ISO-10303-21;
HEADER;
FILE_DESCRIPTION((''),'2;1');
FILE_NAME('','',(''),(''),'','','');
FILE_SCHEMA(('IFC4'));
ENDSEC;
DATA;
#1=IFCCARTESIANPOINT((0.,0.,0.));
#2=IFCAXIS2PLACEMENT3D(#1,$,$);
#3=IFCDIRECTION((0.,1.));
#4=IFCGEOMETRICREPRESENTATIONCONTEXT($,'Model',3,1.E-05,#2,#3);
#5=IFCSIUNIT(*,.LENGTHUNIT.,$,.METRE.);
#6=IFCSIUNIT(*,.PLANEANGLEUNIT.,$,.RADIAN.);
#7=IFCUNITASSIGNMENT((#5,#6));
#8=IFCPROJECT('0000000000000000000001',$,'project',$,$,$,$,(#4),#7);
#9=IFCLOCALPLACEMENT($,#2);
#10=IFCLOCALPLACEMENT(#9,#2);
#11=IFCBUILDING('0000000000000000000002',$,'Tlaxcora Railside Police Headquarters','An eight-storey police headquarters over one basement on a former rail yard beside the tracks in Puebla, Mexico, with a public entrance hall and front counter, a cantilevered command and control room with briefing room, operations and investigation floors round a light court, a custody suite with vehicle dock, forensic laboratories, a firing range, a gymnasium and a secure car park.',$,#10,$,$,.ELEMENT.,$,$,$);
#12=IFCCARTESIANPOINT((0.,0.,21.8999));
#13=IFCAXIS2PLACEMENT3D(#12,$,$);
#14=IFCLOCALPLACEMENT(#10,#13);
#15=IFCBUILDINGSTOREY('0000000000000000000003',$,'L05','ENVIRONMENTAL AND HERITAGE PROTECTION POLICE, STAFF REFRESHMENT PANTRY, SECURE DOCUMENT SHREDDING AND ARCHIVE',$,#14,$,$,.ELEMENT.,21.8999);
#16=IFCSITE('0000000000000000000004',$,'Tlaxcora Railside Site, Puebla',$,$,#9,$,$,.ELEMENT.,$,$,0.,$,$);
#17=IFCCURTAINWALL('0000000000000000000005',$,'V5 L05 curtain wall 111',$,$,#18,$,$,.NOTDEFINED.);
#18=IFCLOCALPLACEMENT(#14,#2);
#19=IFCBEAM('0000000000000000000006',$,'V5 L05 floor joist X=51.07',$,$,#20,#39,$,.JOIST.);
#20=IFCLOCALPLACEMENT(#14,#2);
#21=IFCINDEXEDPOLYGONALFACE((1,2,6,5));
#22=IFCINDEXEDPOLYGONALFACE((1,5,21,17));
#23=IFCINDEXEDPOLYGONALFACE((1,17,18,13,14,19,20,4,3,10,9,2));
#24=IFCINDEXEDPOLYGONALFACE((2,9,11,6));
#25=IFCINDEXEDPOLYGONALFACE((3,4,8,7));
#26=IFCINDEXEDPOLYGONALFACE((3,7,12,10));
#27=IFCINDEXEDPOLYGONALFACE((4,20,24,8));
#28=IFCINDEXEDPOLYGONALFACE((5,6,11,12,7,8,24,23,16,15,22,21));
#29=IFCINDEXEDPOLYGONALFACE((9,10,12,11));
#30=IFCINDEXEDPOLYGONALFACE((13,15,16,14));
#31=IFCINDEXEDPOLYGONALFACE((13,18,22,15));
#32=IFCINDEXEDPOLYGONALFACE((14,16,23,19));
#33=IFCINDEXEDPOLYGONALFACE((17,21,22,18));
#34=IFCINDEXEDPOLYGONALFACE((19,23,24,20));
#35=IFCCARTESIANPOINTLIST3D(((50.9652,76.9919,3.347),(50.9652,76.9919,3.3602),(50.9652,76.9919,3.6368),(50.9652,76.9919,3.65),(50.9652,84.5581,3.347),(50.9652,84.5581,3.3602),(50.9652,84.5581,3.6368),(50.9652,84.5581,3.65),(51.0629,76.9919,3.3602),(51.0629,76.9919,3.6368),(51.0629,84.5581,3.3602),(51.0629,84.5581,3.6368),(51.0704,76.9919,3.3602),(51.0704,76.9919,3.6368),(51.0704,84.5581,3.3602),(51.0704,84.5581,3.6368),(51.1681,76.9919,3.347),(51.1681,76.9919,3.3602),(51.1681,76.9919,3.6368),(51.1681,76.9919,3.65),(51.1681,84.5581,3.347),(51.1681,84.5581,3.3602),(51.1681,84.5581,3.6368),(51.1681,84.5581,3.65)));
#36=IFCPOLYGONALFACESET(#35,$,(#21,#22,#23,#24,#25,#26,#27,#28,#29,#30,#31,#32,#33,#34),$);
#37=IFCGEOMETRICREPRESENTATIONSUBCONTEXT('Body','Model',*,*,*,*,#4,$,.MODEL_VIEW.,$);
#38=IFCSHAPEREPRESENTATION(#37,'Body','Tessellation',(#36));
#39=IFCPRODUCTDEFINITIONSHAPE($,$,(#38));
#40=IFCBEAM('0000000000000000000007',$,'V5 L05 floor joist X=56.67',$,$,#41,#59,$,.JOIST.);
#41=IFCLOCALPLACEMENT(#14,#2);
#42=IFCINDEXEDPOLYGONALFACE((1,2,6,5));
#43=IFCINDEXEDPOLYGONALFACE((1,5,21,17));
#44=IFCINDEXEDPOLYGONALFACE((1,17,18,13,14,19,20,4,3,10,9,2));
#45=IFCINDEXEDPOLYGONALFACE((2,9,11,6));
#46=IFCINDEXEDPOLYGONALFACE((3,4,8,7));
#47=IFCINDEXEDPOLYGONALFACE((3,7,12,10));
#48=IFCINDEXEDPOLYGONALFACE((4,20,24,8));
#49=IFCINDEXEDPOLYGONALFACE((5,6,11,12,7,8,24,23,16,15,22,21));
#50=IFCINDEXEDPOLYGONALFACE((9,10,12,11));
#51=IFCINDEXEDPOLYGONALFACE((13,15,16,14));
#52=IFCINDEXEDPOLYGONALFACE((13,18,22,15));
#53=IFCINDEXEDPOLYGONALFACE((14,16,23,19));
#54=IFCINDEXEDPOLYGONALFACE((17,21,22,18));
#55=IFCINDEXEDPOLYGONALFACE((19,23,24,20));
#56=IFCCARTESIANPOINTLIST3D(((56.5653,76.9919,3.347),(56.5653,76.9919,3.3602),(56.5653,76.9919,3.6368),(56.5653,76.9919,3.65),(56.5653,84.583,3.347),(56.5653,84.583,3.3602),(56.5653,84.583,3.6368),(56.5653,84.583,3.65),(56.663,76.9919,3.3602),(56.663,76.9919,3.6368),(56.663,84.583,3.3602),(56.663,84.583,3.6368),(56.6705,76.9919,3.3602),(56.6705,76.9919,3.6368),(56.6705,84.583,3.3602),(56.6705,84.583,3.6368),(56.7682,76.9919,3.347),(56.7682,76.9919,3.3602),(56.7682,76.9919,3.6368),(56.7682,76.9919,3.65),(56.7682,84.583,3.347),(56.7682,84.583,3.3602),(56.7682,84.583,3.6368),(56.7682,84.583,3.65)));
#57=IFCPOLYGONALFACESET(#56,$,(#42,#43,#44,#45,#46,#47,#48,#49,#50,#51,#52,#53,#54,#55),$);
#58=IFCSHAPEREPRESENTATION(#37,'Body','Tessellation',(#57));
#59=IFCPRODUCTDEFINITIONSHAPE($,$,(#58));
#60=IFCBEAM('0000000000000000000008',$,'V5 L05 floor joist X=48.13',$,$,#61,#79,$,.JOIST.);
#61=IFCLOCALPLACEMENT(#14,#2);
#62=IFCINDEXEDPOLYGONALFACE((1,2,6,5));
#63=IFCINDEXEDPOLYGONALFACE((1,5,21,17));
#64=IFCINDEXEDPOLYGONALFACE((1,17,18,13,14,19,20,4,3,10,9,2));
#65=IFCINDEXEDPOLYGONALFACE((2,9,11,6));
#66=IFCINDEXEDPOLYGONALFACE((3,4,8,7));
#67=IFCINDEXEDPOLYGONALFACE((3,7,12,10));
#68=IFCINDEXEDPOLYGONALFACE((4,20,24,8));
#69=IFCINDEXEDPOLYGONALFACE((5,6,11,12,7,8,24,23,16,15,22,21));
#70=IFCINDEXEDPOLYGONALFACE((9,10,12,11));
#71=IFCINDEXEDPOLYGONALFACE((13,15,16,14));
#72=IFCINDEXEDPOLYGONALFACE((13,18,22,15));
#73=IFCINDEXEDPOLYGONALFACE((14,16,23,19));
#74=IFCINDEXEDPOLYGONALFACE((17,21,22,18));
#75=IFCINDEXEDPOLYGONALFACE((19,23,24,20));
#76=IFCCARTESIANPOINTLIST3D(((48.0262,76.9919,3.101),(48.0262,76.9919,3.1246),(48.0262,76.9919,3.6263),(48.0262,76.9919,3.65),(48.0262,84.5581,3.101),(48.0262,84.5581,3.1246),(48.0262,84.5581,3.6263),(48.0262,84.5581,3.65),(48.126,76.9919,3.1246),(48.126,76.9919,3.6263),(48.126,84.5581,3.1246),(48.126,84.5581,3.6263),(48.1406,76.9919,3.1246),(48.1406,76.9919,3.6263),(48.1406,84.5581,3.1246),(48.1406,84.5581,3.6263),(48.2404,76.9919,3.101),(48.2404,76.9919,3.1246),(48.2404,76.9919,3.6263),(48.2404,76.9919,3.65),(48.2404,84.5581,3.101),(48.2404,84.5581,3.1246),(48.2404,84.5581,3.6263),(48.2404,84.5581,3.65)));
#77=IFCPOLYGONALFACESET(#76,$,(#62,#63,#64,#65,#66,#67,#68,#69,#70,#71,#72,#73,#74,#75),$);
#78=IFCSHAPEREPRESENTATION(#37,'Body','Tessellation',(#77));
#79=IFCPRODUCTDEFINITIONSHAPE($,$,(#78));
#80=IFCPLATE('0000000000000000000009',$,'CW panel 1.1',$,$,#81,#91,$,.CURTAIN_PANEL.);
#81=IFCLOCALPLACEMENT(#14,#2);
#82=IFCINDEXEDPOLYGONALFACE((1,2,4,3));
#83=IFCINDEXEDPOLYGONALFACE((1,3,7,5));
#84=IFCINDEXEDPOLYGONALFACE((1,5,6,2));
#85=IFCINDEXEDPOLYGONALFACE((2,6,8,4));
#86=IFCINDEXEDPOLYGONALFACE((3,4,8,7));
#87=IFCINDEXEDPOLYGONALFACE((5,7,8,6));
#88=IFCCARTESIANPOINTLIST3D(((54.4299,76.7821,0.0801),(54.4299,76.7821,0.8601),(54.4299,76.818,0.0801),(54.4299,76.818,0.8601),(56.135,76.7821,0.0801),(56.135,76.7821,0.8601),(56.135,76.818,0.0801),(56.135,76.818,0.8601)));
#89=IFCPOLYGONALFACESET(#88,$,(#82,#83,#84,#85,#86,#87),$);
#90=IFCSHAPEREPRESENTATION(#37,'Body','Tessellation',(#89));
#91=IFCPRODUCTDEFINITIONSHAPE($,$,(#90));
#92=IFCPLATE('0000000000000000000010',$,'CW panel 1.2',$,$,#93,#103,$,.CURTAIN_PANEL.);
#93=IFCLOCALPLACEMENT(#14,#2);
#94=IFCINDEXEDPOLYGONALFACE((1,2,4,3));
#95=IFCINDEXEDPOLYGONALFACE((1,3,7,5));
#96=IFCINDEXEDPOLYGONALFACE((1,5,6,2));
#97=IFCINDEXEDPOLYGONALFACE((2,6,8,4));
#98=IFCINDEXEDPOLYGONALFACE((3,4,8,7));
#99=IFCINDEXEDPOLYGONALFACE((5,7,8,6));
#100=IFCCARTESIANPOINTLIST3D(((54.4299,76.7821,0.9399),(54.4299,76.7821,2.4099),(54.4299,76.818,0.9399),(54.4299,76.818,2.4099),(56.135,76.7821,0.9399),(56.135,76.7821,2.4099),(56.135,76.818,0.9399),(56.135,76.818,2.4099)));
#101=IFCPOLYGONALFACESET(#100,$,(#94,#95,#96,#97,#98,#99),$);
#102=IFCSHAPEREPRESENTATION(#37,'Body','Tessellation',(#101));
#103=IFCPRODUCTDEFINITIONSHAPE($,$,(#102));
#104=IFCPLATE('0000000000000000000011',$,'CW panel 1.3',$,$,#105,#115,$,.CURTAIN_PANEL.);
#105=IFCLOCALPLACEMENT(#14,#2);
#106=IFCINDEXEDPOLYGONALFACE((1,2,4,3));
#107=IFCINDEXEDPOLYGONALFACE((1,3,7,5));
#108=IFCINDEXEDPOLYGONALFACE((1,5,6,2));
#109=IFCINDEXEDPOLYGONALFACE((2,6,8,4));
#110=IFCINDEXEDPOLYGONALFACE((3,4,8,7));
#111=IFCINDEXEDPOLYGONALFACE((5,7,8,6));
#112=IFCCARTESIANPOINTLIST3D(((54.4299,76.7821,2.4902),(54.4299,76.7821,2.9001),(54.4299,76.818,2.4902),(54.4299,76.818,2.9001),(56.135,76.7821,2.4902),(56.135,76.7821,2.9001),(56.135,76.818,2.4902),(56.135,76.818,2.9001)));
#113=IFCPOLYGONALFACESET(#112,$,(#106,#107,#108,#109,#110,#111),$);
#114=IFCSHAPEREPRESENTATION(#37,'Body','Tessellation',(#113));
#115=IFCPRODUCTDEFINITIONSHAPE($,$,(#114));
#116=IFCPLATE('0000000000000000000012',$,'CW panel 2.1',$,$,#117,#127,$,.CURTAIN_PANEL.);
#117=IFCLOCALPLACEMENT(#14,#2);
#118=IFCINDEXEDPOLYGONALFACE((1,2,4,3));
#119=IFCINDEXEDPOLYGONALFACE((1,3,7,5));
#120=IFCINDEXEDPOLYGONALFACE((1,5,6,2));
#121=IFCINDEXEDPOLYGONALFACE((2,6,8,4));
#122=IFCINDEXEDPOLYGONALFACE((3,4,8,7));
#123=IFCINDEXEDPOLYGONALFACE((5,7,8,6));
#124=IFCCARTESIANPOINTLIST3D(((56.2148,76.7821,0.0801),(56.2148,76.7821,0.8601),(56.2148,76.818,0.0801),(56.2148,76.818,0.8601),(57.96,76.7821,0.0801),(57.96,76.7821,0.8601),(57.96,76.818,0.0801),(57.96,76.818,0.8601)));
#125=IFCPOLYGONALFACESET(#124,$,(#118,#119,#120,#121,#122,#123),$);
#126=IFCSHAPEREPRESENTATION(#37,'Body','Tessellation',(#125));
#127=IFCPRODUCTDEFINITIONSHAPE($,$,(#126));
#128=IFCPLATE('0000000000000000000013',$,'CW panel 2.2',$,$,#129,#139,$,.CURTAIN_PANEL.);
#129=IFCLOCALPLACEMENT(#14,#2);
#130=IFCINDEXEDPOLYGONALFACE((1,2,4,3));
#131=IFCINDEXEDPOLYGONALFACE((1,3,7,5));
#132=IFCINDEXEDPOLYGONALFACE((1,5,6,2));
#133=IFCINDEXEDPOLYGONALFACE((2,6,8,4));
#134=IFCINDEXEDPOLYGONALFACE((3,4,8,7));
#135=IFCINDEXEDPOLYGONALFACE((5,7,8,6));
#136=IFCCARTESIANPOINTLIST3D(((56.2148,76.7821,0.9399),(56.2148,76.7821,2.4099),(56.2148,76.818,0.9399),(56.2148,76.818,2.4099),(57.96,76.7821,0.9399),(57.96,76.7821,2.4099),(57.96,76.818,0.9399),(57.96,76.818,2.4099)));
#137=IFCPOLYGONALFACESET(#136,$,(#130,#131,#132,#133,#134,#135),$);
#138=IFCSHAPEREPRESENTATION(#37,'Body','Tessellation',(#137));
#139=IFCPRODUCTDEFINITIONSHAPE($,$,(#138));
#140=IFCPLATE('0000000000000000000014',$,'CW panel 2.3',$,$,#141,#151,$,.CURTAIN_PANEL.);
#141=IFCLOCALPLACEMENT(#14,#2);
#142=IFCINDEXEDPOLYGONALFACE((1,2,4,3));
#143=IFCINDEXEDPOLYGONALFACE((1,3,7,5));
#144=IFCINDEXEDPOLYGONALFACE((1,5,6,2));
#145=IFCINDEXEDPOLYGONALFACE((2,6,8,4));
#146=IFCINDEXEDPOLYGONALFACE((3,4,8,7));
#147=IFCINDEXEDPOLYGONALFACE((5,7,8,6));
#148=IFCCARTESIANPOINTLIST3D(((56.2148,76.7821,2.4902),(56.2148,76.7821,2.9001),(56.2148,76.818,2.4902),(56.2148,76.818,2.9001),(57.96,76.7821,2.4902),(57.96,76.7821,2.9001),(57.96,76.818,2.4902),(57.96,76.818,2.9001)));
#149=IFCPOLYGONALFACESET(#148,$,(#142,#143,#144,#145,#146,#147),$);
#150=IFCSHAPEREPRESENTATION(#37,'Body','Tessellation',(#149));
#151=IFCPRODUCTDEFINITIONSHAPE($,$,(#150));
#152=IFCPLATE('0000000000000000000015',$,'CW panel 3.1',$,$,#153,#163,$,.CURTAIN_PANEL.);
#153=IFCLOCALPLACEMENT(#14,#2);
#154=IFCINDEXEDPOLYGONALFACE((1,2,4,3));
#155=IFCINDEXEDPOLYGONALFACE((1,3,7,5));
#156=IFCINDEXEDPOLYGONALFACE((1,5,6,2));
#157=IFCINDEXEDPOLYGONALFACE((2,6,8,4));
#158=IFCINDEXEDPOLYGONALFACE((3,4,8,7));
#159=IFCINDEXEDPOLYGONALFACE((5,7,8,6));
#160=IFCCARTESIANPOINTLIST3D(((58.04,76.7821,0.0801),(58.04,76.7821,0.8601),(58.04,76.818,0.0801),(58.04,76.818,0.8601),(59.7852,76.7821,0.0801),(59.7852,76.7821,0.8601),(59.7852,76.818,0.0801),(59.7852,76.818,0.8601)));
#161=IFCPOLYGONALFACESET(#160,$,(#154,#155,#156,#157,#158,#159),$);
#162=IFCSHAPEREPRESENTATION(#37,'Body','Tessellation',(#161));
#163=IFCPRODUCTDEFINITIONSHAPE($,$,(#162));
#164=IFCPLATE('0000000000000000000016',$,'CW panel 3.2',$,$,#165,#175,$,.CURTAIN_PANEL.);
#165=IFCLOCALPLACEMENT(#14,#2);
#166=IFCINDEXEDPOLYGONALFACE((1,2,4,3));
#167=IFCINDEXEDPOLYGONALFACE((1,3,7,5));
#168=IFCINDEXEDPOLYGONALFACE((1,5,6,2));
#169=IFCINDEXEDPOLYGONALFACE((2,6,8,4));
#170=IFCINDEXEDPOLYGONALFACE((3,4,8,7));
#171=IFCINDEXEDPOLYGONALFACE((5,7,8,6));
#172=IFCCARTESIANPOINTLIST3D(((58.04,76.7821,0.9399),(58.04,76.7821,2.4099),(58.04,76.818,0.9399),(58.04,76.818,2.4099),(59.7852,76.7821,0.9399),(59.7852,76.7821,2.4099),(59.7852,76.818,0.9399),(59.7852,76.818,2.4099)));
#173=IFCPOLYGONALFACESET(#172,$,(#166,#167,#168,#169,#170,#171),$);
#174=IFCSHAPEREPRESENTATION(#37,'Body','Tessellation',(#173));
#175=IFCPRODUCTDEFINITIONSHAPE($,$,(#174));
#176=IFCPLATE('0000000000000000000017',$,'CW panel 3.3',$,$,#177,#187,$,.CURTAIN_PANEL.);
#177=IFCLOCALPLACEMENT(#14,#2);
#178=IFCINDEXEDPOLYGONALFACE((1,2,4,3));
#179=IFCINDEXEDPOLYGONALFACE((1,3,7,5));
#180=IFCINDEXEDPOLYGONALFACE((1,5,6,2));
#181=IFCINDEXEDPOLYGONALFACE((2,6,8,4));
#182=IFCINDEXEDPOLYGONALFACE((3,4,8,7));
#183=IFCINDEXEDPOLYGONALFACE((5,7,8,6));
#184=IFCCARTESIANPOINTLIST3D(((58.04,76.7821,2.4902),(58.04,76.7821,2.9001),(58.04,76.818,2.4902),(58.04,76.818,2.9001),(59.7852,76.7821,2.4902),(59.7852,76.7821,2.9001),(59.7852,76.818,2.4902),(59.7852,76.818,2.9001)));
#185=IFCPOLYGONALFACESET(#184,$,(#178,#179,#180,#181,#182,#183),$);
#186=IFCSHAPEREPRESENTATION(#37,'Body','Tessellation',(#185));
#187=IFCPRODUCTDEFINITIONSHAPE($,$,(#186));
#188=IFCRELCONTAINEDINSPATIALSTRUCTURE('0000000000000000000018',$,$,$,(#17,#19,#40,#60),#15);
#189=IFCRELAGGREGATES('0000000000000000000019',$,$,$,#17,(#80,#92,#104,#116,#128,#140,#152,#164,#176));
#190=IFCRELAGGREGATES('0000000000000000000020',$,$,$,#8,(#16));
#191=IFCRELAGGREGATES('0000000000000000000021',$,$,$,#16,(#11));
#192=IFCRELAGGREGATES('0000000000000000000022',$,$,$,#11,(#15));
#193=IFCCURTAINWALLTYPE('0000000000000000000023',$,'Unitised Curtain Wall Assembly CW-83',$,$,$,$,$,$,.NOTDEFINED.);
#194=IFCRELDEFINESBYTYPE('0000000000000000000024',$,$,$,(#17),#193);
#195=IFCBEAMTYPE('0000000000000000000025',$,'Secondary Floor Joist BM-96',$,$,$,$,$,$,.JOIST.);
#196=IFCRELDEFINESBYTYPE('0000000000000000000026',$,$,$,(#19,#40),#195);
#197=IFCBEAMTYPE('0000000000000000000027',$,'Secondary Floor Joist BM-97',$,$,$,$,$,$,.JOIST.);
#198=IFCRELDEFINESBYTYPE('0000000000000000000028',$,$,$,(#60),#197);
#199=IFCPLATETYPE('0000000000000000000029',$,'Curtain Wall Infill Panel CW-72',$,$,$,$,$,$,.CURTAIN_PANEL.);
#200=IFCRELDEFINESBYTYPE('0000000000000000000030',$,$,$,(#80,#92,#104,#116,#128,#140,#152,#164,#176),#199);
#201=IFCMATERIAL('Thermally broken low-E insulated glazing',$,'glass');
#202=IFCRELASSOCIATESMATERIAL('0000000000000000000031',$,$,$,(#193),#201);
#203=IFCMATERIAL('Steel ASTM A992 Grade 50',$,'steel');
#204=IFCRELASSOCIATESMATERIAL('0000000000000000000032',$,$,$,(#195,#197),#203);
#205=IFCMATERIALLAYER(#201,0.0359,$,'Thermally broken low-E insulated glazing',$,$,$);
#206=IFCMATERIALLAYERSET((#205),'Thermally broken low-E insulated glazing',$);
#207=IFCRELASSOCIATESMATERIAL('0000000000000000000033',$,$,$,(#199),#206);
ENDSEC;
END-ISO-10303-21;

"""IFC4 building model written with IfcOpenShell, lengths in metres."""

from ifc_helpers import new_model, si_unit, direction, frame, origin, origin_2d, place, context, subcontext, project, spatial, rectangle, i_section, extrude, material, layer, layer_set, material_profile, profile_set, type_object, element, aggregate, save


model = new_model("IFC4")

# Units and contexts
model_context = context("Model", 3, precision=1e-05, world=origin(), true_north=direction((0.0, 1.0)))
body_context = subcontext(model_context, "Body", "Model", "MODEL_VIEW")
ifc_project = project(units=[si_unit("LENGTHUNIT", "METRE"), si_unit("PLANEANGLEUNIT", "RADIAN")], contexts=[model_context])

# Site, building, storey
site_placement = place(None, origin())
site = spatial("IfcSite", under=ifc_project, at=site_placement, Name="Tlaxcora Railside Site, Puebla", CompositionType="ELEMENT", RefElevation=0.0)
building_placement = place(site_placement, origin())
building = spatial("IfcBuilding", under=site, at=building_placement, Name="Tlaxcora Railside Police Headquarters", Description="An eight-storey police headquarters over one basement on a former rail yard beside the tracks in Puebla, Mexico, with a public entrance hall and front counter, a cantilevered command and control room with briefing room, operations and investigation floors round a light court, a custody suite with vehicle dock, forensic laboratories, a firing range, a gymnasium and a secure car park.", CompositionType="ELEMENT")
storey_placement = place(building_placement, frame((0.0, 0.0, 21.8999)))
storey = spatial("IfcBuildingStorey", under=building, at=storey_placement, Name="L05", Description="ENVIRONMENTAL AND HERITAGE PROTECTION POLICE, STAFF REFRESHMENT PANTRY, SECURE DOCUMENT SHREDDING AND ARCHIVE", CompositionType="ELEMENT", Elevation=21.8999)

# Curtain wall
ifc_material_1 = material(Name="Thermally broken low-E insulated glazing", Category="glass")
curtain_wall_type = type_object("IfcCurtainWallType", Name="Unitised Curtain Wall Assembly CW-83", PredefinedType="NOTDEFINED", material=ifc_material_1)
curtain_wall_placement = place(storey_placement, origin())
curtain_wall = element("IfcCurtainWall", 1, at=curtain_wall_placement, inside=storey, type_object=curtain_wall_type, Name="V5 L05 curtain wall 111", PredefinedType="NOTDEFINED")

# Beams
ifc_material_2 = material(Name="Steel ASTM A992 Grade 50", Category="steel")
ifc_material_profile_1 = material_profile(ifc_material_2, i_section(OverallWidth=0.2029, OverallDepth=0.303, WebThickness=0.0076, FlangeThickness=0.0132, at=origin_2d()), Name="W12X40")
ifc_profile_set_1 = profile_set([ifc_material_profile_1], Name="Steel ASTM A992 Grade 50")
beam_type_1 = type_object("IfcBeamType", Name="Secondary Floor Joist BM-96", PredefinedType="JOIST", material=ifc_profile_set_1)
beam_1_placement = place(storey_placement, frame((51.0667, 76.9919, 3.4985), z_axis=(0.0, 1.0, 0.0), x_axis=(-1.0, 0.0, 0.0)))
element("IfcBeam", 2, at=beam_1_placement, inside=storey, type_object=beam_type_1, Name="V5 L05 floor joist X=51.07", PredefinedType="JOIST", context=body_context, shape_type="SweptSolid", body=[
    extrude(i_section(OverallWidth=0.2029, OverallDepth=0.303, WebThickness=0.0076, FlangeThickness=0.0132, at=origin_2d()), origin(), (0.0, 0.0, 1.0), 7.5662),
])
beam_2_placement = place(storey_placement, frame((56.6667, 76.9919, 3.4985), z_axis=(0.0, 1.0, 0.0), x_axis=(-1.0, 0.0, 0.0)))
element("IfcBeam", 3, at=beam_2_placement, inside=storey, type_object=beam_type_1, Name="V5 L05 floor joist X=56.67", PredefinedType="JOIST", context=body_context, shape_type="SweptSolid", body=[
    extrude(i_section(OverallWidth=0.2029, OverallDepth=0.303, WebThickness=0.0076, FlangeThickness=0.0132, at=origin_2d()), origin(), (0.0, 0.0, 1.0), 7.5911),
])
ifc_material_profile_2 = material_profile(ifc_material_2, i_section(OverallWidth=0.2141, OverallDepth=0.5491, WebThickness=0.0146, FlangeThickness=0.0237, at=origin_2d()), Name="W21X93")
ifc_profile_set_2 = profile_set([ifc_material_profile_2], Name="Steel ASTM A992 Grade 50")
beam_type_2 = type_object("IfcBeamType", Name="Secondary Floor Joist BM-97", PredefinedType="JOIST", material=ifc_profile_set_2)
beam_3_placement = place(storey_placement, frame((48.1333, 76.9919, 3.3755), z_axis=(0.0, 1.0, 0.0), x_axis=(-1.0, 0.0, 0.0)))
element("IfcBeam", 4, at=beam_3_placement, inside=storey, type_object=beam_type_2, Name="V5 L05 floor joist X=48.13", PredefinedType="JOIST", context=body_context, shape_type="SweptSolid", body=[
    extrude(i_section(OverallWidth=0.2141, OverallDepth=0.5491, WebThickness=0.0146, FlangeThickness=0.0237, at=origin_2d()), origin(), (0.0, 0.0, 1.0), 7.5662),
])

# Plates
ifc_layer_1 = layer(ifc_material_1, 0.0359, Name="Thermally broken low-E insulated glazing")
ifc_layer_set_1 = layer_set([ifc_layer_1], Name="Thermally broken low-E insulated glazing")
plate_type = type_object("IfcPlateType", Name="Curtain Wall Infill Panel CW-72", PredefinedType="CURTAIN_PANEL", material=ifc_layer_set_1)
plate_1_placement = place(storey_placement, frame((55.2825, 76.8, 0.0801), z_axis=(0.0, 0.0, 1.0), x_axis=(1.0, 0.0, 0.0)))
plate_1 = element("IfcPlate", 5, at=plate_1_placement, type_object=plate_type, Name="CW panel 1.1", PredefinedType="CURTAIN_PANEL", context=body_context, shape_type="SweptSolid", body=[
    extrude(rectangle(XDim=1.7051, YDim=0.0359, at=origin_2d()), origin(), (0.0, 0.0, 1.0), 0.78),
])
plate_2_placement = place(storey_placement, frame((55.2825, 76.8, 0.9399), z_axis=(0.0, 0.0, 1.0), x_axis=(1.0, 0.0, 0.0)))
plate_2 = element("IfcPlate", 6, at=plate_2_placement, type_object=plate_type, Name="CW panel 1.2", PredefinedType="CURTAIN_PANEL", context=body_context, shape_type="SweptSolid", body=[
    extrude(rectangle(XDim=1.7051, YDim=0.0359, at=origin_2d()), origin(), (0.0, 0.0, 1.0), 1.47),
])
plate_3_placement = place(storey_placement, frame((55.2825, 76.8, 2.4902), z_axis=(0.0, 0.0, 1.0), x_axis=(1.0, 0.0, 0.0)))
plate_3 = element("IfcPlate", 7, at=plate_3_placement, type_object=plate_type, Name="CW panel 1.3", PredefinedType="CURTAIN_PANEL", context=body_context, shape_type="SweptSolid", body=[
    extrude(rectangle(XDim=1.7051, YDim=0.0359, at=origin_2d()), origin(), (0.0, 0.0, 1.0), 0.4099),
])
plate_4_placement = place(storey_placement, frame((57.0874, 76.8, 0.0801), z_axis=(0.0, 0.0, 1.0), x_axis=(1.0, 0.0, 0.0)))
plate_4 = element("IfcPlate", 8, at=plate_4_placement, type_object=plate_type, Name="CW panel 2.1", PredefinedType="CURTAIN_PANEL", context=body_context, shape_type="SweptSolid", body=[
    extrude(rectangle(XDim=1.7451, YDim=0.0359, at=origin_2d()), origin(), (0.0, 0.0, 1.0), 0.78),
])
plate_5_placement = place(storey_placement, frame((57.0874, 76.8, 0.9399), z_axis=(0.0, 0.0, 1.0), x_axis=(1.0, 0.0, 0.0)))
plate_5 = element("IfcPlate", 9, at=plate_5_placement, type_object=plate_type, Name="CW panel 2.2", PredefinedType="CURTAIN_PANEL", context=body_context, shape_type="SweptSolid", body=[
    extrude(rectangle(XDim=1.7451, YDim=0.0359, at=origin_2d()), origin(), (0.0, 0.0, 1.0), 1.47),
])
plate_6_placement = place(storey_placement, frame((57.0874, 76.8, 2.4902), z_axis=(0.0, 0.0, 1.0), x_axis=(1.0, 0.0, 0.0)))
plate_6 = element("IfcPlate", 10, at=plate_6_placement, type_object=plate_type, Name="CW panel 2.3", PredefinedType="CURTAIN_PANEL", context=body_context, shape_type="SweptSolid", body=[
    extrude(rectangle(XDim=1.7451, YDim=0.0359, at=origin_2d()), origin(), (0.0, 0.0, 1.0), 0.4099),
])
plate_7_placement = place(storey_placement, frame((58.9126, 76.8, 0.0801), z_axis=(0.0, 0.0, 1.0), x_axis=(1.0, 0.0, 0.0)))
plate_7 = element("IfcPlate", 11, at=plate_7_placement, type_object=plate_type, Name="CW panel 3.1", PredefinedType="CURTAIN_PANEL", context=body_context, shape_type="SweptSolid", body=[
    extrude(rectangle(XDim=1.7451, YDim=0.0359, at=origin_2d()), origin(), (0.0, 0.0, 1.0), 0.78),
])
plate_8_placement = place(storey_placement, frame((58.9126, 76.8, 0.9399), z_axis=(0.0, 0.0, 1.0), x_axis=(1.0, 0.0, 0.0)))
plate_8 = element("IfcPlate", 12, at=plate_8_placement, type_object=plate_type, Name="CW panel 3.2", PredefinedType="CURTAIN_PANEL", context=body_context, shape_type="SweptSolid", body=[
    extrude(rectangle(XDim=1.7451, YDim=0.0359, at=origin_2d()), origin(), (0.0, 0.0, 1.0), 1.47),
])
plate_9_placement = place(storey_placement, frame((58.9126, 76.8, 2.4902), z_axis=(0.0, 0.0, 1.0), x_axis=(1.0, 0.0, 0.0)))
plate_9 = element("IfcPlate", 13, at=plate_9_placement, type_object=plate_type, Name="CW panel 3.3", PredefinedType="CURTAIN_PANEL", context=body_context, shape_type="SweptSolid", body=[
    extrude(rectangle(XDim=1.7451, YDim=0.0359, at=origin_2d()), origin(), (0.0, 0.0, 1.0), 0.4099),
])
aggregate(curtain_wall, [plate_1, plate_2, plate_3, plate_4, plate_5, plate_6, plate_7, plate_8, plate_9])

save(model, "model.ifc")
